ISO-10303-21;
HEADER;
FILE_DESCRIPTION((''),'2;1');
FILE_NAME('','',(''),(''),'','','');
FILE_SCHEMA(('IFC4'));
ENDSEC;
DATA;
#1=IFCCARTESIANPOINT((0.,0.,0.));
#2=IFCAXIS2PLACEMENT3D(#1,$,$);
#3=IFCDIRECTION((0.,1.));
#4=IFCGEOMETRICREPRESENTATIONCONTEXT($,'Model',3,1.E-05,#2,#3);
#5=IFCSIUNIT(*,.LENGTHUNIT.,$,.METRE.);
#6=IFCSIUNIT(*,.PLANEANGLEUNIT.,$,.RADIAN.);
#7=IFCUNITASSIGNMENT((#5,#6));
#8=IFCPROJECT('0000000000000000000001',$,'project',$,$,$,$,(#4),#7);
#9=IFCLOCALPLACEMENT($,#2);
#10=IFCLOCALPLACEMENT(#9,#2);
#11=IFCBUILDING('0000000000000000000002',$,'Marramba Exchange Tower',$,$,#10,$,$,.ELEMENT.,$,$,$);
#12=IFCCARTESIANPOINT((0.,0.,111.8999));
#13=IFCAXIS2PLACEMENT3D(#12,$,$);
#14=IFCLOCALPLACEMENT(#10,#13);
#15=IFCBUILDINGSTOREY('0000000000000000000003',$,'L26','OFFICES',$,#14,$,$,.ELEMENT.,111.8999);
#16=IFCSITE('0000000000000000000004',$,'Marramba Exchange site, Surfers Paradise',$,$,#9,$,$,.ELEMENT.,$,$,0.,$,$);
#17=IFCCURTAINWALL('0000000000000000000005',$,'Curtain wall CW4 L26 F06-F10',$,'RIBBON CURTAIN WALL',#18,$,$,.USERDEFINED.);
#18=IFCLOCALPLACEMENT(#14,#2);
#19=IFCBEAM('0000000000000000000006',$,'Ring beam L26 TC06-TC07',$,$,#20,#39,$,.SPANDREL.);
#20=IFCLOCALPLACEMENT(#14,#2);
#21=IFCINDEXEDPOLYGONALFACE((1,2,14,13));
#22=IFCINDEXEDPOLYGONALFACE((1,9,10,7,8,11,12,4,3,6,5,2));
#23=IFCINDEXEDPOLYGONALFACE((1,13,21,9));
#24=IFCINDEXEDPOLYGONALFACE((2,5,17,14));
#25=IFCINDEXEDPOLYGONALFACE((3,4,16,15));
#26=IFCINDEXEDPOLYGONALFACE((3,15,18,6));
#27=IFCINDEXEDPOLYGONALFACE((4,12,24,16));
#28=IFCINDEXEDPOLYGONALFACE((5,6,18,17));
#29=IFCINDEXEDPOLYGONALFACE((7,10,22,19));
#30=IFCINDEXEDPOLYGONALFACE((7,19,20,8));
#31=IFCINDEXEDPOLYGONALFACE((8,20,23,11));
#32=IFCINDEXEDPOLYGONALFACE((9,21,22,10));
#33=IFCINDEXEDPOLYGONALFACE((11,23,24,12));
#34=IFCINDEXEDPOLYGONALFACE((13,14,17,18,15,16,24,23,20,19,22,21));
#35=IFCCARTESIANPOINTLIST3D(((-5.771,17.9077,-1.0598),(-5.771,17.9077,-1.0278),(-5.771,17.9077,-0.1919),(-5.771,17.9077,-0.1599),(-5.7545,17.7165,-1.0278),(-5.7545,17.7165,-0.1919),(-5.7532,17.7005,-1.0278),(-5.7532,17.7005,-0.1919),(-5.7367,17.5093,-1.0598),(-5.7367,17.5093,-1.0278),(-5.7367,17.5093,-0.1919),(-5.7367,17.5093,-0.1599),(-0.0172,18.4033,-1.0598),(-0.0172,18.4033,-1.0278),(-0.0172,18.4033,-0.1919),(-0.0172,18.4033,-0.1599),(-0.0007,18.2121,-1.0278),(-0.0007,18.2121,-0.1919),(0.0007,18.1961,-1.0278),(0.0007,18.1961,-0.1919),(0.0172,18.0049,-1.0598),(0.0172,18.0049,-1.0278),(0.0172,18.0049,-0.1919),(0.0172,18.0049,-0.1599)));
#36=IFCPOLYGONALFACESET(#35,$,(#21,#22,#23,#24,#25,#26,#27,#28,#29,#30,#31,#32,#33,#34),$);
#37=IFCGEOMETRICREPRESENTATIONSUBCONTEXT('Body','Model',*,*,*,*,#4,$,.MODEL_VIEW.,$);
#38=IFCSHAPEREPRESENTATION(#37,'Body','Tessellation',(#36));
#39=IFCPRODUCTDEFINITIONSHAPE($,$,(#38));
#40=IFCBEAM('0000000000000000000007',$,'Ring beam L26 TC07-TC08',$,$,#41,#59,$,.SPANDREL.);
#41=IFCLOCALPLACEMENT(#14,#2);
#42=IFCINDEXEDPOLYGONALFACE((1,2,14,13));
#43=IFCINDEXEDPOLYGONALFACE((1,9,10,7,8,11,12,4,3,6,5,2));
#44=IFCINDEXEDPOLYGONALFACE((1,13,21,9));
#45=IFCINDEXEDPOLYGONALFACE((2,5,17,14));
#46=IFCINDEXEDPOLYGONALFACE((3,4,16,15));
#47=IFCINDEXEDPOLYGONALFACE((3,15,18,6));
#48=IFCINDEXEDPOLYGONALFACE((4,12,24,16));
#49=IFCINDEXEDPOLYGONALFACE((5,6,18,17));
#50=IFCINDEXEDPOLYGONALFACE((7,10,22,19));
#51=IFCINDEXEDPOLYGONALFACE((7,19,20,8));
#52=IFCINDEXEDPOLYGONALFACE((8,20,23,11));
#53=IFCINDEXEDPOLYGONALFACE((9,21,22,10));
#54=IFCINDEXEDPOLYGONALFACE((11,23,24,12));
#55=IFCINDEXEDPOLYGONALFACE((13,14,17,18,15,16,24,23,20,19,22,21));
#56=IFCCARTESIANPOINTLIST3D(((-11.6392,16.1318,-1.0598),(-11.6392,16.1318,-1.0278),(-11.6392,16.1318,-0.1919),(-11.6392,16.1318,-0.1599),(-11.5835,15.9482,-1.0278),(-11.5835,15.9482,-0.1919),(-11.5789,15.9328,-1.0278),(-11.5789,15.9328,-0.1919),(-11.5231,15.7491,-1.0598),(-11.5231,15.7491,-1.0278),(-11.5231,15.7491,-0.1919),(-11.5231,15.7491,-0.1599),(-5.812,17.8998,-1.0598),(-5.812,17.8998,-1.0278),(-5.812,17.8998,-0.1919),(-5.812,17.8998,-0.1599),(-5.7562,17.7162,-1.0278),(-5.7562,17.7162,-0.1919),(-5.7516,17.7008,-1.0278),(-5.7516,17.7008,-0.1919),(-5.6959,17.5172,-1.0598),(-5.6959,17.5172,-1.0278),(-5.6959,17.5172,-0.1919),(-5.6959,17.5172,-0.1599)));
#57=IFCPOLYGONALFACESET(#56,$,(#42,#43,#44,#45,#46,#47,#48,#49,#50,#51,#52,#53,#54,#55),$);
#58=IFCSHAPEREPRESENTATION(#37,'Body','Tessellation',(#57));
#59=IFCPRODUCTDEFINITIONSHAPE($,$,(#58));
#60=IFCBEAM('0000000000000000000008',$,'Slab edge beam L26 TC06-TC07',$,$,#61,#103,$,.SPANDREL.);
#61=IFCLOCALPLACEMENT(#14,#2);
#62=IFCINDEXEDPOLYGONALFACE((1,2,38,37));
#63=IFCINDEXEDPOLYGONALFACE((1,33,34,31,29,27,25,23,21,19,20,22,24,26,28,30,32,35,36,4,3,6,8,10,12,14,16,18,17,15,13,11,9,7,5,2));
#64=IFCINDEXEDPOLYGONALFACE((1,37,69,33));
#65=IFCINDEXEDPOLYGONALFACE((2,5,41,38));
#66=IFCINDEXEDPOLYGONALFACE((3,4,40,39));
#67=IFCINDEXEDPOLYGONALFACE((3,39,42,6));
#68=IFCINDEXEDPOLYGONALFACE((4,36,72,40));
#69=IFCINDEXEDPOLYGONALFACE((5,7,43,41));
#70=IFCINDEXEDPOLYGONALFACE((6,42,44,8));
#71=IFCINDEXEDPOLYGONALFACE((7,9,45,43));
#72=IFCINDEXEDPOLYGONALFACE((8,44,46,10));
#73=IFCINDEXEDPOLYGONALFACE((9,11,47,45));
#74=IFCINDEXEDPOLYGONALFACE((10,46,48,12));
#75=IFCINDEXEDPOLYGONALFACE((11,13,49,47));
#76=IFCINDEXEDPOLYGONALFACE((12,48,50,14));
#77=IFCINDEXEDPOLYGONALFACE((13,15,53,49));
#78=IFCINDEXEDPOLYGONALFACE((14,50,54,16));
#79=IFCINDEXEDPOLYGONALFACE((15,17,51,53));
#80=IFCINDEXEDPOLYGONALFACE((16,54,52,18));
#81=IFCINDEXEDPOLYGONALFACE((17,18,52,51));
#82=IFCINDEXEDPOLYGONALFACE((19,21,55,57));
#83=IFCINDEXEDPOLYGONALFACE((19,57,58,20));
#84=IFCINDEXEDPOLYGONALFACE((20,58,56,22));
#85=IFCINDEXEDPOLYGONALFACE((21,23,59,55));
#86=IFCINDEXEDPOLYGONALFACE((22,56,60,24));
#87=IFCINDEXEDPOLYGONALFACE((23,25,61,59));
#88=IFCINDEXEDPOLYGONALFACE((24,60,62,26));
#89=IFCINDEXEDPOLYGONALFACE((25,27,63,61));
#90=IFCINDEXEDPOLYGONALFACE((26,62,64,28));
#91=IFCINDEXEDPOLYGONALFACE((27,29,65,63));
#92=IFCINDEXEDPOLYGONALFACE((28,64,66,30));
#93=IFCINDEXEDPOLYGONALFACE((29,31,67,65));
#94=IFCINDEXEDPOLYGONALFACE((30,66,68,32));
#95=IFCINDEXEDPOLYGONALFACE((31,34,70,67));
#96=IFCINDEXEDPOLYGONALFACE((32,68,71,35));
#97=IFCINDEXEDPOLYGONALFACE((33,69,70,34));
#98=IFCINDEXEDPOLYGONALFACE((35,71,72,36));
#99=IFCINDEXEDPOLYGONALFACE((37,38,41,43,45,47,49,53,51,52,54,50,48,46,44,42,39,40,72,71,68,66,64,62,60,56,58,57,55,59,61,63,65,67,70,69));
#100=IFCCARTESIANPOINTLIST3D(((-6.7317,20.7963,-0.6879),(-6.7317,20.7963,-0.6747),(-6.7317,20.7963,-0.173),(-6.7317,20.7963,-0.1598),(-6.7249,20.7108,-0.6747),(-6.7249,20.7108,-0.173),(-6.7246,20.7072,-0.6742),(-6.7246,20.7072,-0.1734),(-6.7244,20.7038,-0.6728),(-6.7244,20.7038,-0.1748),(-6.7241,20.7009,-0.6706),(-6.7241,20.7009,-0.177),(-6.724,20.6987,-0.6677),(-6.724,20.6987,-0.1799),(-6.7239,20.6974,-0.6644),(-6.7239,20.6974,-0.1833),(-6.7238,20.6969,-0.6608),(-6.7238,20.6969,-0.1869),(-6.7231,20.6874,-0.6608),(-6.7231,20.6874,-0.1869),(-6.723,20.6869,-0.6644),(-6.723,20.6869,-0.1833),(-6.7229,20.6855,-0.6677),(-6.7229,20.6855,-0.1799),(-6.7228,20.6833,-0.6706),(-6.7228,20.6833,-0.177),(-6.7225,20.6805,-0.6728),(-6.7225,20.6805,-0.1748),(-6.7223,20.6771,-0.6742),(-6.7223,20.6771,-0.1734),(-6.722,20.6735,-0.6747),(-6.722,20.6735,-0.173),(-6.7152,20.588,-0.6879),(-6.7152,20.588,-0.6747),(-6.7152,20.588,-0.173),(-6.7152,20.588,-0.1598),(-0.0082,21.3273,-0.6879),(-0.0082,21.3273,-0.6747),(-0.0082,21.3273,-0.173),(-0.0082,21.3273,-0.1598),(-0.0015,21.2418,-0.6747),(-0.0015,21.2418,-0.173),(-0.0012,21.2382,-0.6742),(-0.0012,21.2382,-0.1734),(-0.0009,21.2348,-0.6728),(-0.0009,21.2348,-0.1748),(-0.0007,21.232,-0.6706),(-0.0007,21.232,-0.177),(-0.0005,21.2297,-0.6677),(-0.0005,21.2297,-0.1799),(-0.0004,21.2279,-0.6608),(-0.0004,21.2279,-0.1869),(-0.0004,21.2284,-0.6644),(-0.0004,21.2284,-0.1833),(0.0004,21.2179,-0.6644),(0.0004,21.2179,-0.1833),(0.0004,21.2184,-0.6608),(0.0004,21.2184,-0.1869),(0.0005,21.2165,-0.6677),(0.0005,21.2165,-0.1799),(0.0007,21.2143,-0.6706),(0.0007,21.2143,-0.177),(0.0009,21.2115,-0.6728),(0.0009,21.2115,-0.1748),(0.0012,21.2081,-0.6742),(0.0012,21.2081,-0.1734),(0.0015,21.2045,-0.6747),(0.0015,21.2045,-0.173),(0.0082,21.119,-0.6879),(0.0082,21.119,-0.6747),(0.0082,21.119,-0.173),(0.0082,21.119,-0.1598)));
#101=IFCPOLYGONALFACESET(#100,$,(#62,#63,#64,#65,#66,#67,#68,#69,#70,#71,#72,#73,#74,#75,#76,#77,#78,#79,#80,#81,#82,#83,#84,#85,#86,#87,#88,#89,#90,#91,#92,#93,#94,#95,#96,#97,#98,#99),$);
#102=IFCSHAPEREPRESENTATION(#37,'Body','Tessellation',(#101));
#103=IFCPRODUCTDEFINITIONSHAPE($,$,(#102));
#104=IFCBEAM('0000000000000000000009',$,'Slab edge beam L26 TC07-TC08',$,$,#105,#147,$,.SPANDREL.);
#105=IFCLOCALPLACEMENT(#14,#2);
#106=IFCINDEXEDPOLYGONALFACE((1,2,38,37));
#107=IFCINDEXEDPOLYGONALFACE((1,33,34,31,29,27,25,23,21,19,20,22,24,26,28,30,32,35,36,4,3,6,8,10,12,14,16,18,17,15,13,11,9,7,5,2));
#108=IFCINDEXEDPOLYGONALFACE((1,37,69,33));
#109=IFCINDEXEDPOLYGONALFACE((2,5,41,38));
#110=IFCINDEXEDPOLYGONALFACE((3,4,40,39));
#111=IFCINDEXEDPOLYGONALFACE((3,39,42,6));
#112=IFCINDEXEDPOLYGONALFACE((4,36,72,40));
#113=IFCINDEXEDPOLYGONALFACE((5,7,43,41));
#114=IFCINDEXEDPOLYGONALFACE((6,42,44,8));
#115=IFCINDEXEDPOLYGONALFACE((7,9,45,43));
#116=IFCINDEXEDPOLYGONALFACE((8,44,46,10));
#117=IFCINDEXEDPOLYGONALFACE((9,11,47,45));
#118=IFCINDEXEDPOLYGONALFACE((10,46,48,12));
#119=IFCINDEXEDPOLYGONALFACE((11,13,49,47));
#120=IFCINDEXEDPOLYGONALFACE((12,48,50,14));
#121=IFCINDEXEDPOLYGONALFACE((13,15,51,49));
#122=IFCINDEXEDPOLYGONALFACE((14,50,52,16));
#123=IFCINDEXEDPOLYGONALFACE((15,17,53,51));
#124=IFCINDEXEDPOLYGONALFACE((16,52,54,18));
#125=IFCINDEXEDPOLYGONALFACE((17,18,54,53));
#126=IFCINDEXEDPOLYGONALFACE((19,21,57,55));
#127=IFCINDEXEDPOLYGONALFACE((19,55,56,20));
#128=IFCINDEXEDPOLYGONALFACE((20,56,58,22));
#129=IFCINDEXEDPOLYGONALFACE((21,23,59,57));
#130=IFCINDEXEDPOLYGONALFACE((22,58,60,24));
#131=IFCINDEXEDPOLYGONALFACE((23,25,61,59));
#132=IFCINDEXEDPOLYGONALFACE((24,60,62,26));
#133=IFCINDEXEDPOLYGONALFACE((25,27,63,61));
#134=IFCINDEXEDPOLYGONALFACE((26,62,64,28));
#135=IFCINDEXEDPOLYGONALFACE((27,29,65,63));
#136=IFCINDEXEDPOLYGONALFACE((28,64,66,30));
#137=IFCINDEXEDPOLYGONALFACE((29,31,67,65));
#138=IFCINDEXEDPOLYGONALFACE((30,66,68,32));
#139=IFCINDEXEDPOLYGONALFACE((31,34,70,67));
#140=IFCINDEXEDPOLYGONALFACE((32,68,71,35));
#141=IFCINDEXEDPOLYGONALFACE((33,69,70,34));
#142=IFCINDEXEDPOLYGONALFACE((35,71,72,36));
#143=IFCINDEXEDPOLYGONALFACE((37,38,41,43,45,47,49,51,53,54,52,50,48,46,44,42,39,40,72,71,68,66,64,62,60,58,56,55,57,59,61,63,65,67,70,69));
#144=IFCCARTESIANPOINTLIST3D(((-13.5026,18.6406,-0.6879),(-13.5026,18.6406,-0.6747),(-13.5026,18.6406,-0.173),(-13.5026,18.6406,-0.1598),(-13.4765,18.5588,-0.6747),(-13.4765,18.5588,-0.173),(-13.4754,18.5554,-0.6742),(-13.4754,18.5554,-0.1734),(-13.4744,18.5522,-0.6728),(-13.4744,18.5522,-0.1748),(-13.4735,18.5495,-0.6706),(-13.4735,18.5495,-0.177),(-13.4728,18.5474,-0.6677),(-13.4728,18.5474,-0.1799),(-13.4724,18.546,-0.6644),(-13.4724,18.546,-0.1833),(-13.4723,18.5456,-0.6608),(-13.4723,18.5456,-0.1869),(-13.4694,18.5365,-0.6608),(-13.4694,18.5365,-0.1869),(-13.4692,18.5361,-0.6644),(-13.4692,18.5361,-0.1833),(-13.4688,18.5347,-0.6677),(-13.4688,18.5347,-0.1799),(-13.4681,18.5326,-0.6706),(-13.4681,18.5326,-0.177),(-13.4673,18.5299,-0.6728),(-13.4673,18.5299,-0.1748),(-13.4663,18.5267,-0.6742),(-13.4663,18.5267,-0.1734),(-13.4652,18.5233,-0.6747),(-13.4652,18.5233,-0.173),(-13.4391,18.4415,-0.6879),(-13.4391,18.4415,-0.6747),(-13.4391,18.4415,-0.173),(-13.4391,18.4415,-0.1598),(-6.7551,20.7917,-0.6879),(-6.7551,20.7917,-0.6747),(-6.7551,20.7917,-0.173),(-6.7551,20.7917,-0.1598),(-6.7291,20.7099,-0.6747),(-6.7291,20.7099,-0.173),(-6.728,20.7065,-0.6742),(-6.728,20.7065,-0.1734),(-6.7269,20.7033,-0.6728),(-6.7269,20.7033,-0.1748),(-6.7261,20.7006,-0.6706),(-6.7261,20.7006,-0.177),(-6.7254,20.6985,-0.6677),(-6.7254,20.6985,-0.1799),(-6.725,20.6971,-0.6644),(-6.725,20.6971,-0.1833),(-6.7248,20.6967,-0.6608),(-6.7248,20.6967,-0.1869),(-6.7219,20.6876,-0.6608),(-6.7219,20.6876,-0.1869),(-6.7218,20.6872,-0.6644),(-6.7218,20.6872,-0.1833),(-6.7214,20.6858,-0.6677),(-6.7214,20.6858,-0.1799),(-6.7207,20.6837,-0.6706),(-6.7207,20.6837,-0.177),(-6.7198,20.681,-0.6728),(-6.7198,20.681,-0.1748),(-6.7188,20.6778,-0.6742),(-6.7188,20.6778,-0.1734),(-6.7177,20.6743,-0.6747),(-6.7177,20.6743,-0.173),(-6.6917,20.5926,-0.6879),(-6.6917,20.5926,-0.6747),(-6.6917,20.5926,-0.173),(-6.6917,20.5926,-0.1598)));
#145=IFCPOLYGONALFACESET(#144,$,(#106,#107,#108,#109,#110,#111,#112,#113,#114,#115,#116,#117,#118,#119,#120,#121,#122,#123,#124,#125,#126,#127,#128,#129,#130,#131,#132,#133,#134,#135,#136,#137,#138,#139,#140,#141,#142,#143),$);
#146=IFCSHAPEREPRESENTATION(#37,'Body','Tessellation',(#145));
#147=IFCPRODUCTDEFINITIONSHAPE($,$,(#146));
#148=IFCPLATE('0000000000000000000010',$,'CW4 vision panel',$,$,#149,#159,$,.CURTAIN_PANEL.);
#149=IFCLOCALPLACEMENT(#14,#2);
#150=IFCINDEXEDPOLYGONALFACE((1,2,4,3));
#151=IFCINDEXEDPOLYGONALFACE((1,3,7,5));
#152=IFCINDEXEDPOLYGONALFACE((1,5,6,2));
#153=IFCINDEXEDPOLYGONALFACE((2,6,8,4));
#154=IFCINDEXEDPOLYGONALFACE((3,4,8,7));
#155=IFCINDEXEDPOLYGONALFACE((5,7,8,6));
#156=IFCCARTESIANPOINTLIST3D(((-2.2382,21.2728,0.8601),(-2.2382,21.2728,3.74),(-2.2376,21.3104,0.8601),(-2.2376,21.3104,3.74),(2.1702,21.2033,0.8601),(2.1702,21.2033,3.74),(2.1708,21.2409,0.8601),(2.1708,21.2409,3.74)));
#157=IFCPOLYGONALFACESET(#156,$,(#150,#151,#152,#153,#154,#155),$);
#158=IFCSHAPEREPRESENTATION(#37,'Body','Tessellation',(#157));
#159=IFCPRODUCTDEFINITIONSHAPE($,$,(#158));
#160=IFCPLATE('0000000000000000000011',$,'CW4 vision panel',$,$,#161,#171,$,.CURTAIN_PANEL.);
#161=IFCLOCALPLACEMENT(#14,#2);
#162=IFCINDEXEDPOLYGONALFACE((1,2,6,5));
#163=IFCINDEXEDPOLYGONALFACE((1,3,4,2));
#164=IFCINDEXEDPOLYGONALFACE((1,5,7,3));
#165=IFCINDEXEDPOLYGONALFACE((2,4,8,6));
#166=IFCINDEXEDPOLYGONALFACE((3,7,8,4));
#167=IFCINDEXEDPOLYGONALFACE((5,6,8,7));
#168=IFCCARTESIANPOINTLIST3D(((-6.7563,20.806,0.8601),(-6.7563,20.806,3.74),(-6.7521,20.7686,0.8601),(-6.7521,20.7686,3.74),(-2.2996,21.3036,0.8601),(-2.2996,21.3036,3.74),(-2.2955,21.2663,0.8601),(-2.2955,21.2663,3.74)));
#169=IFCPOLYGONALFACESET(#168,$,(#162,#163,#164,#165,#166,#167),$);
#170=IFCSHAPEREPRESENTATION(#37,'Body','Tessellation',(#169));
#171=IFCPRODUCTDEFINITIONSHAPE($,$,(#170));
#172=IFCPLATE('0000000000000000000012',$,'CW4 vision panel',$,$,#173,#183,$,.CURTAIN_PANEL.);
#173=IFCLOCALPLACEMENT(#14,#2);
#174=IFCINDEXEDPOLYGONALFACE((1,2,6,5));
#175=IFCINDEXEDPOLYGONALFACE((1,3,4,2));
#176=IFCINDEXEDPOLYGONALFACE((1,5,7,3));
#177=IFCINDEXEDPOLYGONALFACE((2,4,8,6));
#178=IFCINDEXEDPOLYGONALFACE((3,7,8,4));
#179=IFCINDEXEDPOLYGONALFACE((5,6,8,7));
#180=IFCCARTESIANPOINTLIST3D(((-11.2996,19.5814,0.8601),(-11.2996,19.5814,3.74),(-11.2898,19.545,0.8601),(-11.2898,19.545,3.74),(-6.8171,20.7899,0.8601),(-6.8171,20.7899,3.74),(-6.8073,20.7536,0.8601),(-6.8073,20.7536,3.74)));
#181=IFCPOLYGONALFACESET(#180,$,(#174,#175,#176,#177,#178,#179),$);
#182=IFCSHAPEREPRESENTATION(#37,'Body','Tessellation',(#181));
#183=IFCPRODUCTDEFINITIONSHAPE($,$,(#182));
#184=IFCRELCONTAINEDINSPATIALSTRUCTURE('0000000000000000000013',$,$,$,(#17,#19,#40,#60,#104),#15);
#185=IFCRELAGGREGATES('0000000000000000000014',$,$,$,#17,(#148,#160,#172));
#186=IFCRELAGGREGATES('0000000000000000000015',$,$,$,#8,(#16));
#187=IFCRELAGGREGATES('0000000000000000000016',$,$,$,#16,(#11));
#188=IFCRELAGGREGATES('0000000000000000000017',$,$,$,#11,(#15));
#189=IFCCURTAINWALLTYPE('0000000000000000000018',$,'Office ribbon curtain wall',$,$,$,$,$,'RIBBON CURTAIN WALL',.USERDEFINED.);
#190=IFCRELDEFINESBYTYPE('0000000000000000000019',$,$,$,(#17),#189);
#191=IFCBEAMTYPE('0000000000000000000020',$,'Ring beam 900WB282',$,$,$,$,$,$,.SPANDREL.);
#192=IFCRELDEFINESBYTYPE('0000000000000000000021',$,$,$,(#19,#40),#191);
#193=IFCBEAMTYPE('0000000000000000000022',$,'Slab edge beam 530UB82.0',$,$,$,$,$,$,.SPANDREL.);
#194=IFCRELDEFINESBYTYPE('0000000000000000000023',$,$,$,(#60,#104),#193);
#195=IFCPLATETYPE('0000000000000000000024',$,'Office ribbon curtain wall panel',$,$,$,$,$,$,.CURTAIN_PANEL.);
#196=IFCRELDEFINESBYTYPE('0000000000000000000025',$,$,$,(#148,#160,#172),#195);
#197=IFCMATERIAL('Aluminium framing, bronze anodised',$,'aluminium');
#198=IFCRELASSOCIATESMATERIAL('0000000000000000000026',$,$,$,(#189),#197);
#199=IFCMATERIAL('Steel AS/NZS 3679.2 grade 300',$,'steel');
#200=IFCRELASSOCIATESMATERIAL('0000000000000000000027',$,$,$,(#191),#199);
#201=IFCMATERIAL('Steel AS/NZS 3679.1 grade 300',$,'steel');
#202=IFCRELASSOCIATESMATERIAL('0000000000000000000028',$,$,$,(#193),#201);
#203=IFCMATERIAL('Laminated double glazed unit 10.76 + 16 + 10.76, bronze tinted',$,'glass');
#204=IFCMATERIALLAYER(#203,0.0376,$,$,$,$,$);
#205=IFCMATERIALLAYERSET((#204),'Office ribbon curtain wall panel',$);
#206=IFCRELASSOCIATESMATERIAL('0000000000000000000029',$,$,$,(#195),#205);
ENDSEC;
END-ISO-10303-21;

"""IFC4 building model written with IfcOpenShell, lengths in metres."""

from ifc_helpers import new_model, si_unit, direction, frame, origin, origin_2d, place, context, subcontext, project, spatial, rectangle, i_section, extrude, material, layer, layer_set, material_profile, profile_set, type_object, element, aggregate, save


model = new_model("IFC4")

# Units and contexts
model_context = context("Model", 3, precision=1e-05, world=origin(), true_north=direction((0.0, 1.0)))
body_context = subcontext(model_context, "Body", "Model", "MODEL_VIEW")
ifc_project = project(units=[si_unit("LENGTHUNIT", "METRE"), si_unit("PLANEANGLEUNIT", "RADIAN")], contexts=[model_context])

# Site, building, storey
site_placement = place(None, origin())
site = spatial("IfcSite", under=ifc_project, at=site_placement, Name="Marramba Exchange site, Surfers Paradise", CompositionType="ELEMENT", RefElevation=0.0)
building_placement = place(site_placement, origin())
building = spatial("IfcBuilding", under=site, at=building_placement, Name="Marramba Exchange Tower", CompositionType="ELEMENT")
storey_placement = place(building_placement, frame((0.0, 0.0, 111.8999)))
storey = spatial("IfcBuildingStorey", under=building, at=storey_placement, Name="L26", Description="OFFICES", CompositionType="ELEMENT", Elevation=111.8999)

# Shared definitions
ifc_material_1 = material(Name="Steel AS/NZS 3679.2 grade 300", Category="steel")

# Curtain wall
ifc_material_2 = material(Name="Aluminium framing, bronze anodised", Category="aluminium")
curtain_wall_type = type_object("IfcCurtainWallType", Name="Office ribbon curtain wall", ElementType="RIBBON CURTAIN WALL", PredefinedType="USERDEFINED", material=ifc_material_2)
curtain_wall_1_placement = place(storey_placement, origin())
curtain_wall_1 = element("IfcCurtainWall", 1, at=curtain_wall_1_placement, inside=storey, type_object=curtain_wall_type, Name="Curtain wall CW4 L26 F06-F10", ObjectType="RIBBON CURTAIN WALL", PredefinedType="USERDEFINED")

# Beams
ifc_material_profile_1 = material_profile(ifc_material_1, i_section(OverallWidth=0.3999, OverallDepth=0.8999, WebThickness=0.0161, FlangeThickness=0.032, at=origin_2d()), Name="900WB282")
ifc_profile_set_1 = profile_set([ifc_material_profile_1], Name="Steel AS/NZS 3679.2 grade 300")
beam_type_1 = type_object("IfcBeamType", Name="Ring beam 900WB282", PredefinedType="SPANDREL", material=ifc_profile_set_1)
beam_1_placement = place(storey_placement, frame((0.0, 18.2041, -0.6099), z_axis=(-0.996311, -0.085816, 0.0), x_axis=(0.085816, -0.996311, 0.0)))
element("IfcBeam", 2, at=beam_1_placement, inside=storey, type_object=beam_type_1, Name="Ring beam L26 TC06-TC07", PredefinedType="SPANDREL", context=body_context, shape_type="SweptSolid", body=[
    extrude(i_section(OverallWidth=0.3999, OverallDepth=0.8999, WebThickness=0.0161, FlangeThickness=0.032, at=origin_2d()), origin(), (0.0, 0.0, 1.0), 5.7751),
])
beam_2_placement = place(storey_placement, frame((-5.7539, 17.7085, -0.6099), z_axis=(-0.956925, -0.290337, 0.0), x_axis=(0.290337, -0.956925, 0.0)))
element("IfcBeam", 3, at=beam_2_placement, inside=storey, type_object=beam_type_1, Name="Ring beam L26 TC07-TC08", PredefinedType="SPANDREL", context=body_context, shape_type="SweptSolid", body=[
    extrude(i_section(OverallWidth=0.3999, OverallDepth=0.8999, WebThickness=0.0161, FlangeThickness=0.032, at=origin_2d()), origin(), (0.0, 0.0, 1.0), 6.0896),
])
ifc_material_3 = material(Name="Steel AS/NZS 3679.1 grade 300", Category="steel")
ifc_material_profile_2 = material_profile(ifc_material_3, i_section(OverallWidth=0.209, OverallDepth=0.5281, WebThickness=0.0095, FlangeThickness=0.0132, FilletRadius=0.0139, at=origin_2d()), Name="530UB82.0")
ifc_profile_set_2 = profile_set([ifc_material_profile_2], Name="Steel AS/NZS 3679.1 grade 300")
beam_type_2 = type_object("IfcBeamType", Name="Slab edge beam 530UB82.0", PredefinedType="SPANDREL", material=ifc_profile_set_2)
beam_3_placement = place(storey_placement, frame((0.0, 21.2231, -0.4238), z_axis=(-0.996896, -0.078734, 0.0), x_axis=(0.078734, -0.996896, 0.0)))
element("IfcBeam", 4, at=beam_3_placement, inside=storey, type_object=beam_type_2, Name="Slab edge beam L26 TC06-TC07", PredefinedType="SPANDREL", context=body_context, shape_type="SweptSolid", body=[
    extrude(i_section(OverallWidth=0.209, OverallDepth=0.5281, WebThickness=0.0095, FlangeThickness=0.0132, FilletRadius=0.0139, at=origin_2d()), origin(), (0.0, 0.0, 1.0), 6.7444),
])
beam_4_placement = place(storey_placement, frame((-6.7234, 20.6921, -0.4238), z_axis=(-0.952755, -0.303739, 0.0), x_axis=(0.303739, -0.952755, 0.0)))
element("IfcBeam", 5, at=beam_4_placement, inside=storey, type_object=beam_type_2, Name="Slab edge beam L26 TC07-TC08", PredefinedType="SPANDREL", context=body_context, shape_type="SweptSolid", body=[
    extrude(i_section(OverallWidth=0.209, OverallDepth=0.5281, WebThickness=0.0095, FlangeThickness=0.0132, FilletRadius=0.0139, at=origin_2d()), origin(), (0.0, 0.0, 1.0), 7.082),
])

# Plates
ifc_material_4 = material(Name="Laminated double glazed unit 10.76 + 16 + 10.76, bronze tinted", Category="glass")
ifc_layer_1 = layer(ifc_material_4, 0.0376)
ifc_layer_set_1 = layer_set([ifc_layer_1], Name="Office ribbon curtain wall panel")
plate_type = type_object("IfcPlateType", Name="Office ribbon curtain wall panel", PredefinedType="CURTAIN_PANEL", material=ifc_layer_set_1)
plate_1_placement = place(storey_placement, frame((-0.0337, 21.2568, 0.8601), z_axis=(0.0, 0.0, 1.0), x_axis=(-0.999876, 0.015756, 0.0)))
plate_1 = element("IfcPlate", 6, at=plate_1_placement, type_object=plate_type, Name="CW4 vision panel", PredefinedType="CURTAIN_PANEL", context=body_context, shape_type="SweptSolid", body=[
    extrude(rectangle(XDim=4.4089, YDim=0.0376, at=origin_2d()), origin(), (0.0, 0.0, 1.0), 2.8799),
])
plate_2_placement = place(storey_placement, frame((-4.5259, 21.0361, 0.8601), z_axis=(0.0, 0.0, 1.0), x_axis=(-0.993823, -0.110973, 0.0)))
plate_2 = element("IfcPlate", 7, at=plate_2_placement, type_object=plate_type, Name="CW4 vision panel", PredefinedType="CURTAIN_PANEL", context=body_context, shape_type="SweptSolid", body=[
    extrude(rectangle(XDim=4.4844, YDim=0.0376, at=origin_2d()), origin(), (0.0, 0.0, 1.0), 2.8799),
])
plate_3_placement = place(storey_placement, frame((-9.0535, 20.1675, 0.8601), z_axis=(0.0, 0.0, 1.0), x_axis=(-0.965522, -0.260321, 0.0)))
plate_3 = element("IfcPlate", 8, at=plate_3_placement, type_object=plate_type, Name="CW4 vision panel", PredefinedType="CURTAIN_PANEL", context=body_context, shape_type="SweptSolid", body=[
    extrude(rectangle(XDim=4.6426, YDim=0.0376, at=origin_2d()), origin(), (0.0, 0.0, 1.0), 2.8799),
])
aggregate(curtain_wall_1, [plate_1, plate_2, plate_3])

save(model, "model.ifc")
